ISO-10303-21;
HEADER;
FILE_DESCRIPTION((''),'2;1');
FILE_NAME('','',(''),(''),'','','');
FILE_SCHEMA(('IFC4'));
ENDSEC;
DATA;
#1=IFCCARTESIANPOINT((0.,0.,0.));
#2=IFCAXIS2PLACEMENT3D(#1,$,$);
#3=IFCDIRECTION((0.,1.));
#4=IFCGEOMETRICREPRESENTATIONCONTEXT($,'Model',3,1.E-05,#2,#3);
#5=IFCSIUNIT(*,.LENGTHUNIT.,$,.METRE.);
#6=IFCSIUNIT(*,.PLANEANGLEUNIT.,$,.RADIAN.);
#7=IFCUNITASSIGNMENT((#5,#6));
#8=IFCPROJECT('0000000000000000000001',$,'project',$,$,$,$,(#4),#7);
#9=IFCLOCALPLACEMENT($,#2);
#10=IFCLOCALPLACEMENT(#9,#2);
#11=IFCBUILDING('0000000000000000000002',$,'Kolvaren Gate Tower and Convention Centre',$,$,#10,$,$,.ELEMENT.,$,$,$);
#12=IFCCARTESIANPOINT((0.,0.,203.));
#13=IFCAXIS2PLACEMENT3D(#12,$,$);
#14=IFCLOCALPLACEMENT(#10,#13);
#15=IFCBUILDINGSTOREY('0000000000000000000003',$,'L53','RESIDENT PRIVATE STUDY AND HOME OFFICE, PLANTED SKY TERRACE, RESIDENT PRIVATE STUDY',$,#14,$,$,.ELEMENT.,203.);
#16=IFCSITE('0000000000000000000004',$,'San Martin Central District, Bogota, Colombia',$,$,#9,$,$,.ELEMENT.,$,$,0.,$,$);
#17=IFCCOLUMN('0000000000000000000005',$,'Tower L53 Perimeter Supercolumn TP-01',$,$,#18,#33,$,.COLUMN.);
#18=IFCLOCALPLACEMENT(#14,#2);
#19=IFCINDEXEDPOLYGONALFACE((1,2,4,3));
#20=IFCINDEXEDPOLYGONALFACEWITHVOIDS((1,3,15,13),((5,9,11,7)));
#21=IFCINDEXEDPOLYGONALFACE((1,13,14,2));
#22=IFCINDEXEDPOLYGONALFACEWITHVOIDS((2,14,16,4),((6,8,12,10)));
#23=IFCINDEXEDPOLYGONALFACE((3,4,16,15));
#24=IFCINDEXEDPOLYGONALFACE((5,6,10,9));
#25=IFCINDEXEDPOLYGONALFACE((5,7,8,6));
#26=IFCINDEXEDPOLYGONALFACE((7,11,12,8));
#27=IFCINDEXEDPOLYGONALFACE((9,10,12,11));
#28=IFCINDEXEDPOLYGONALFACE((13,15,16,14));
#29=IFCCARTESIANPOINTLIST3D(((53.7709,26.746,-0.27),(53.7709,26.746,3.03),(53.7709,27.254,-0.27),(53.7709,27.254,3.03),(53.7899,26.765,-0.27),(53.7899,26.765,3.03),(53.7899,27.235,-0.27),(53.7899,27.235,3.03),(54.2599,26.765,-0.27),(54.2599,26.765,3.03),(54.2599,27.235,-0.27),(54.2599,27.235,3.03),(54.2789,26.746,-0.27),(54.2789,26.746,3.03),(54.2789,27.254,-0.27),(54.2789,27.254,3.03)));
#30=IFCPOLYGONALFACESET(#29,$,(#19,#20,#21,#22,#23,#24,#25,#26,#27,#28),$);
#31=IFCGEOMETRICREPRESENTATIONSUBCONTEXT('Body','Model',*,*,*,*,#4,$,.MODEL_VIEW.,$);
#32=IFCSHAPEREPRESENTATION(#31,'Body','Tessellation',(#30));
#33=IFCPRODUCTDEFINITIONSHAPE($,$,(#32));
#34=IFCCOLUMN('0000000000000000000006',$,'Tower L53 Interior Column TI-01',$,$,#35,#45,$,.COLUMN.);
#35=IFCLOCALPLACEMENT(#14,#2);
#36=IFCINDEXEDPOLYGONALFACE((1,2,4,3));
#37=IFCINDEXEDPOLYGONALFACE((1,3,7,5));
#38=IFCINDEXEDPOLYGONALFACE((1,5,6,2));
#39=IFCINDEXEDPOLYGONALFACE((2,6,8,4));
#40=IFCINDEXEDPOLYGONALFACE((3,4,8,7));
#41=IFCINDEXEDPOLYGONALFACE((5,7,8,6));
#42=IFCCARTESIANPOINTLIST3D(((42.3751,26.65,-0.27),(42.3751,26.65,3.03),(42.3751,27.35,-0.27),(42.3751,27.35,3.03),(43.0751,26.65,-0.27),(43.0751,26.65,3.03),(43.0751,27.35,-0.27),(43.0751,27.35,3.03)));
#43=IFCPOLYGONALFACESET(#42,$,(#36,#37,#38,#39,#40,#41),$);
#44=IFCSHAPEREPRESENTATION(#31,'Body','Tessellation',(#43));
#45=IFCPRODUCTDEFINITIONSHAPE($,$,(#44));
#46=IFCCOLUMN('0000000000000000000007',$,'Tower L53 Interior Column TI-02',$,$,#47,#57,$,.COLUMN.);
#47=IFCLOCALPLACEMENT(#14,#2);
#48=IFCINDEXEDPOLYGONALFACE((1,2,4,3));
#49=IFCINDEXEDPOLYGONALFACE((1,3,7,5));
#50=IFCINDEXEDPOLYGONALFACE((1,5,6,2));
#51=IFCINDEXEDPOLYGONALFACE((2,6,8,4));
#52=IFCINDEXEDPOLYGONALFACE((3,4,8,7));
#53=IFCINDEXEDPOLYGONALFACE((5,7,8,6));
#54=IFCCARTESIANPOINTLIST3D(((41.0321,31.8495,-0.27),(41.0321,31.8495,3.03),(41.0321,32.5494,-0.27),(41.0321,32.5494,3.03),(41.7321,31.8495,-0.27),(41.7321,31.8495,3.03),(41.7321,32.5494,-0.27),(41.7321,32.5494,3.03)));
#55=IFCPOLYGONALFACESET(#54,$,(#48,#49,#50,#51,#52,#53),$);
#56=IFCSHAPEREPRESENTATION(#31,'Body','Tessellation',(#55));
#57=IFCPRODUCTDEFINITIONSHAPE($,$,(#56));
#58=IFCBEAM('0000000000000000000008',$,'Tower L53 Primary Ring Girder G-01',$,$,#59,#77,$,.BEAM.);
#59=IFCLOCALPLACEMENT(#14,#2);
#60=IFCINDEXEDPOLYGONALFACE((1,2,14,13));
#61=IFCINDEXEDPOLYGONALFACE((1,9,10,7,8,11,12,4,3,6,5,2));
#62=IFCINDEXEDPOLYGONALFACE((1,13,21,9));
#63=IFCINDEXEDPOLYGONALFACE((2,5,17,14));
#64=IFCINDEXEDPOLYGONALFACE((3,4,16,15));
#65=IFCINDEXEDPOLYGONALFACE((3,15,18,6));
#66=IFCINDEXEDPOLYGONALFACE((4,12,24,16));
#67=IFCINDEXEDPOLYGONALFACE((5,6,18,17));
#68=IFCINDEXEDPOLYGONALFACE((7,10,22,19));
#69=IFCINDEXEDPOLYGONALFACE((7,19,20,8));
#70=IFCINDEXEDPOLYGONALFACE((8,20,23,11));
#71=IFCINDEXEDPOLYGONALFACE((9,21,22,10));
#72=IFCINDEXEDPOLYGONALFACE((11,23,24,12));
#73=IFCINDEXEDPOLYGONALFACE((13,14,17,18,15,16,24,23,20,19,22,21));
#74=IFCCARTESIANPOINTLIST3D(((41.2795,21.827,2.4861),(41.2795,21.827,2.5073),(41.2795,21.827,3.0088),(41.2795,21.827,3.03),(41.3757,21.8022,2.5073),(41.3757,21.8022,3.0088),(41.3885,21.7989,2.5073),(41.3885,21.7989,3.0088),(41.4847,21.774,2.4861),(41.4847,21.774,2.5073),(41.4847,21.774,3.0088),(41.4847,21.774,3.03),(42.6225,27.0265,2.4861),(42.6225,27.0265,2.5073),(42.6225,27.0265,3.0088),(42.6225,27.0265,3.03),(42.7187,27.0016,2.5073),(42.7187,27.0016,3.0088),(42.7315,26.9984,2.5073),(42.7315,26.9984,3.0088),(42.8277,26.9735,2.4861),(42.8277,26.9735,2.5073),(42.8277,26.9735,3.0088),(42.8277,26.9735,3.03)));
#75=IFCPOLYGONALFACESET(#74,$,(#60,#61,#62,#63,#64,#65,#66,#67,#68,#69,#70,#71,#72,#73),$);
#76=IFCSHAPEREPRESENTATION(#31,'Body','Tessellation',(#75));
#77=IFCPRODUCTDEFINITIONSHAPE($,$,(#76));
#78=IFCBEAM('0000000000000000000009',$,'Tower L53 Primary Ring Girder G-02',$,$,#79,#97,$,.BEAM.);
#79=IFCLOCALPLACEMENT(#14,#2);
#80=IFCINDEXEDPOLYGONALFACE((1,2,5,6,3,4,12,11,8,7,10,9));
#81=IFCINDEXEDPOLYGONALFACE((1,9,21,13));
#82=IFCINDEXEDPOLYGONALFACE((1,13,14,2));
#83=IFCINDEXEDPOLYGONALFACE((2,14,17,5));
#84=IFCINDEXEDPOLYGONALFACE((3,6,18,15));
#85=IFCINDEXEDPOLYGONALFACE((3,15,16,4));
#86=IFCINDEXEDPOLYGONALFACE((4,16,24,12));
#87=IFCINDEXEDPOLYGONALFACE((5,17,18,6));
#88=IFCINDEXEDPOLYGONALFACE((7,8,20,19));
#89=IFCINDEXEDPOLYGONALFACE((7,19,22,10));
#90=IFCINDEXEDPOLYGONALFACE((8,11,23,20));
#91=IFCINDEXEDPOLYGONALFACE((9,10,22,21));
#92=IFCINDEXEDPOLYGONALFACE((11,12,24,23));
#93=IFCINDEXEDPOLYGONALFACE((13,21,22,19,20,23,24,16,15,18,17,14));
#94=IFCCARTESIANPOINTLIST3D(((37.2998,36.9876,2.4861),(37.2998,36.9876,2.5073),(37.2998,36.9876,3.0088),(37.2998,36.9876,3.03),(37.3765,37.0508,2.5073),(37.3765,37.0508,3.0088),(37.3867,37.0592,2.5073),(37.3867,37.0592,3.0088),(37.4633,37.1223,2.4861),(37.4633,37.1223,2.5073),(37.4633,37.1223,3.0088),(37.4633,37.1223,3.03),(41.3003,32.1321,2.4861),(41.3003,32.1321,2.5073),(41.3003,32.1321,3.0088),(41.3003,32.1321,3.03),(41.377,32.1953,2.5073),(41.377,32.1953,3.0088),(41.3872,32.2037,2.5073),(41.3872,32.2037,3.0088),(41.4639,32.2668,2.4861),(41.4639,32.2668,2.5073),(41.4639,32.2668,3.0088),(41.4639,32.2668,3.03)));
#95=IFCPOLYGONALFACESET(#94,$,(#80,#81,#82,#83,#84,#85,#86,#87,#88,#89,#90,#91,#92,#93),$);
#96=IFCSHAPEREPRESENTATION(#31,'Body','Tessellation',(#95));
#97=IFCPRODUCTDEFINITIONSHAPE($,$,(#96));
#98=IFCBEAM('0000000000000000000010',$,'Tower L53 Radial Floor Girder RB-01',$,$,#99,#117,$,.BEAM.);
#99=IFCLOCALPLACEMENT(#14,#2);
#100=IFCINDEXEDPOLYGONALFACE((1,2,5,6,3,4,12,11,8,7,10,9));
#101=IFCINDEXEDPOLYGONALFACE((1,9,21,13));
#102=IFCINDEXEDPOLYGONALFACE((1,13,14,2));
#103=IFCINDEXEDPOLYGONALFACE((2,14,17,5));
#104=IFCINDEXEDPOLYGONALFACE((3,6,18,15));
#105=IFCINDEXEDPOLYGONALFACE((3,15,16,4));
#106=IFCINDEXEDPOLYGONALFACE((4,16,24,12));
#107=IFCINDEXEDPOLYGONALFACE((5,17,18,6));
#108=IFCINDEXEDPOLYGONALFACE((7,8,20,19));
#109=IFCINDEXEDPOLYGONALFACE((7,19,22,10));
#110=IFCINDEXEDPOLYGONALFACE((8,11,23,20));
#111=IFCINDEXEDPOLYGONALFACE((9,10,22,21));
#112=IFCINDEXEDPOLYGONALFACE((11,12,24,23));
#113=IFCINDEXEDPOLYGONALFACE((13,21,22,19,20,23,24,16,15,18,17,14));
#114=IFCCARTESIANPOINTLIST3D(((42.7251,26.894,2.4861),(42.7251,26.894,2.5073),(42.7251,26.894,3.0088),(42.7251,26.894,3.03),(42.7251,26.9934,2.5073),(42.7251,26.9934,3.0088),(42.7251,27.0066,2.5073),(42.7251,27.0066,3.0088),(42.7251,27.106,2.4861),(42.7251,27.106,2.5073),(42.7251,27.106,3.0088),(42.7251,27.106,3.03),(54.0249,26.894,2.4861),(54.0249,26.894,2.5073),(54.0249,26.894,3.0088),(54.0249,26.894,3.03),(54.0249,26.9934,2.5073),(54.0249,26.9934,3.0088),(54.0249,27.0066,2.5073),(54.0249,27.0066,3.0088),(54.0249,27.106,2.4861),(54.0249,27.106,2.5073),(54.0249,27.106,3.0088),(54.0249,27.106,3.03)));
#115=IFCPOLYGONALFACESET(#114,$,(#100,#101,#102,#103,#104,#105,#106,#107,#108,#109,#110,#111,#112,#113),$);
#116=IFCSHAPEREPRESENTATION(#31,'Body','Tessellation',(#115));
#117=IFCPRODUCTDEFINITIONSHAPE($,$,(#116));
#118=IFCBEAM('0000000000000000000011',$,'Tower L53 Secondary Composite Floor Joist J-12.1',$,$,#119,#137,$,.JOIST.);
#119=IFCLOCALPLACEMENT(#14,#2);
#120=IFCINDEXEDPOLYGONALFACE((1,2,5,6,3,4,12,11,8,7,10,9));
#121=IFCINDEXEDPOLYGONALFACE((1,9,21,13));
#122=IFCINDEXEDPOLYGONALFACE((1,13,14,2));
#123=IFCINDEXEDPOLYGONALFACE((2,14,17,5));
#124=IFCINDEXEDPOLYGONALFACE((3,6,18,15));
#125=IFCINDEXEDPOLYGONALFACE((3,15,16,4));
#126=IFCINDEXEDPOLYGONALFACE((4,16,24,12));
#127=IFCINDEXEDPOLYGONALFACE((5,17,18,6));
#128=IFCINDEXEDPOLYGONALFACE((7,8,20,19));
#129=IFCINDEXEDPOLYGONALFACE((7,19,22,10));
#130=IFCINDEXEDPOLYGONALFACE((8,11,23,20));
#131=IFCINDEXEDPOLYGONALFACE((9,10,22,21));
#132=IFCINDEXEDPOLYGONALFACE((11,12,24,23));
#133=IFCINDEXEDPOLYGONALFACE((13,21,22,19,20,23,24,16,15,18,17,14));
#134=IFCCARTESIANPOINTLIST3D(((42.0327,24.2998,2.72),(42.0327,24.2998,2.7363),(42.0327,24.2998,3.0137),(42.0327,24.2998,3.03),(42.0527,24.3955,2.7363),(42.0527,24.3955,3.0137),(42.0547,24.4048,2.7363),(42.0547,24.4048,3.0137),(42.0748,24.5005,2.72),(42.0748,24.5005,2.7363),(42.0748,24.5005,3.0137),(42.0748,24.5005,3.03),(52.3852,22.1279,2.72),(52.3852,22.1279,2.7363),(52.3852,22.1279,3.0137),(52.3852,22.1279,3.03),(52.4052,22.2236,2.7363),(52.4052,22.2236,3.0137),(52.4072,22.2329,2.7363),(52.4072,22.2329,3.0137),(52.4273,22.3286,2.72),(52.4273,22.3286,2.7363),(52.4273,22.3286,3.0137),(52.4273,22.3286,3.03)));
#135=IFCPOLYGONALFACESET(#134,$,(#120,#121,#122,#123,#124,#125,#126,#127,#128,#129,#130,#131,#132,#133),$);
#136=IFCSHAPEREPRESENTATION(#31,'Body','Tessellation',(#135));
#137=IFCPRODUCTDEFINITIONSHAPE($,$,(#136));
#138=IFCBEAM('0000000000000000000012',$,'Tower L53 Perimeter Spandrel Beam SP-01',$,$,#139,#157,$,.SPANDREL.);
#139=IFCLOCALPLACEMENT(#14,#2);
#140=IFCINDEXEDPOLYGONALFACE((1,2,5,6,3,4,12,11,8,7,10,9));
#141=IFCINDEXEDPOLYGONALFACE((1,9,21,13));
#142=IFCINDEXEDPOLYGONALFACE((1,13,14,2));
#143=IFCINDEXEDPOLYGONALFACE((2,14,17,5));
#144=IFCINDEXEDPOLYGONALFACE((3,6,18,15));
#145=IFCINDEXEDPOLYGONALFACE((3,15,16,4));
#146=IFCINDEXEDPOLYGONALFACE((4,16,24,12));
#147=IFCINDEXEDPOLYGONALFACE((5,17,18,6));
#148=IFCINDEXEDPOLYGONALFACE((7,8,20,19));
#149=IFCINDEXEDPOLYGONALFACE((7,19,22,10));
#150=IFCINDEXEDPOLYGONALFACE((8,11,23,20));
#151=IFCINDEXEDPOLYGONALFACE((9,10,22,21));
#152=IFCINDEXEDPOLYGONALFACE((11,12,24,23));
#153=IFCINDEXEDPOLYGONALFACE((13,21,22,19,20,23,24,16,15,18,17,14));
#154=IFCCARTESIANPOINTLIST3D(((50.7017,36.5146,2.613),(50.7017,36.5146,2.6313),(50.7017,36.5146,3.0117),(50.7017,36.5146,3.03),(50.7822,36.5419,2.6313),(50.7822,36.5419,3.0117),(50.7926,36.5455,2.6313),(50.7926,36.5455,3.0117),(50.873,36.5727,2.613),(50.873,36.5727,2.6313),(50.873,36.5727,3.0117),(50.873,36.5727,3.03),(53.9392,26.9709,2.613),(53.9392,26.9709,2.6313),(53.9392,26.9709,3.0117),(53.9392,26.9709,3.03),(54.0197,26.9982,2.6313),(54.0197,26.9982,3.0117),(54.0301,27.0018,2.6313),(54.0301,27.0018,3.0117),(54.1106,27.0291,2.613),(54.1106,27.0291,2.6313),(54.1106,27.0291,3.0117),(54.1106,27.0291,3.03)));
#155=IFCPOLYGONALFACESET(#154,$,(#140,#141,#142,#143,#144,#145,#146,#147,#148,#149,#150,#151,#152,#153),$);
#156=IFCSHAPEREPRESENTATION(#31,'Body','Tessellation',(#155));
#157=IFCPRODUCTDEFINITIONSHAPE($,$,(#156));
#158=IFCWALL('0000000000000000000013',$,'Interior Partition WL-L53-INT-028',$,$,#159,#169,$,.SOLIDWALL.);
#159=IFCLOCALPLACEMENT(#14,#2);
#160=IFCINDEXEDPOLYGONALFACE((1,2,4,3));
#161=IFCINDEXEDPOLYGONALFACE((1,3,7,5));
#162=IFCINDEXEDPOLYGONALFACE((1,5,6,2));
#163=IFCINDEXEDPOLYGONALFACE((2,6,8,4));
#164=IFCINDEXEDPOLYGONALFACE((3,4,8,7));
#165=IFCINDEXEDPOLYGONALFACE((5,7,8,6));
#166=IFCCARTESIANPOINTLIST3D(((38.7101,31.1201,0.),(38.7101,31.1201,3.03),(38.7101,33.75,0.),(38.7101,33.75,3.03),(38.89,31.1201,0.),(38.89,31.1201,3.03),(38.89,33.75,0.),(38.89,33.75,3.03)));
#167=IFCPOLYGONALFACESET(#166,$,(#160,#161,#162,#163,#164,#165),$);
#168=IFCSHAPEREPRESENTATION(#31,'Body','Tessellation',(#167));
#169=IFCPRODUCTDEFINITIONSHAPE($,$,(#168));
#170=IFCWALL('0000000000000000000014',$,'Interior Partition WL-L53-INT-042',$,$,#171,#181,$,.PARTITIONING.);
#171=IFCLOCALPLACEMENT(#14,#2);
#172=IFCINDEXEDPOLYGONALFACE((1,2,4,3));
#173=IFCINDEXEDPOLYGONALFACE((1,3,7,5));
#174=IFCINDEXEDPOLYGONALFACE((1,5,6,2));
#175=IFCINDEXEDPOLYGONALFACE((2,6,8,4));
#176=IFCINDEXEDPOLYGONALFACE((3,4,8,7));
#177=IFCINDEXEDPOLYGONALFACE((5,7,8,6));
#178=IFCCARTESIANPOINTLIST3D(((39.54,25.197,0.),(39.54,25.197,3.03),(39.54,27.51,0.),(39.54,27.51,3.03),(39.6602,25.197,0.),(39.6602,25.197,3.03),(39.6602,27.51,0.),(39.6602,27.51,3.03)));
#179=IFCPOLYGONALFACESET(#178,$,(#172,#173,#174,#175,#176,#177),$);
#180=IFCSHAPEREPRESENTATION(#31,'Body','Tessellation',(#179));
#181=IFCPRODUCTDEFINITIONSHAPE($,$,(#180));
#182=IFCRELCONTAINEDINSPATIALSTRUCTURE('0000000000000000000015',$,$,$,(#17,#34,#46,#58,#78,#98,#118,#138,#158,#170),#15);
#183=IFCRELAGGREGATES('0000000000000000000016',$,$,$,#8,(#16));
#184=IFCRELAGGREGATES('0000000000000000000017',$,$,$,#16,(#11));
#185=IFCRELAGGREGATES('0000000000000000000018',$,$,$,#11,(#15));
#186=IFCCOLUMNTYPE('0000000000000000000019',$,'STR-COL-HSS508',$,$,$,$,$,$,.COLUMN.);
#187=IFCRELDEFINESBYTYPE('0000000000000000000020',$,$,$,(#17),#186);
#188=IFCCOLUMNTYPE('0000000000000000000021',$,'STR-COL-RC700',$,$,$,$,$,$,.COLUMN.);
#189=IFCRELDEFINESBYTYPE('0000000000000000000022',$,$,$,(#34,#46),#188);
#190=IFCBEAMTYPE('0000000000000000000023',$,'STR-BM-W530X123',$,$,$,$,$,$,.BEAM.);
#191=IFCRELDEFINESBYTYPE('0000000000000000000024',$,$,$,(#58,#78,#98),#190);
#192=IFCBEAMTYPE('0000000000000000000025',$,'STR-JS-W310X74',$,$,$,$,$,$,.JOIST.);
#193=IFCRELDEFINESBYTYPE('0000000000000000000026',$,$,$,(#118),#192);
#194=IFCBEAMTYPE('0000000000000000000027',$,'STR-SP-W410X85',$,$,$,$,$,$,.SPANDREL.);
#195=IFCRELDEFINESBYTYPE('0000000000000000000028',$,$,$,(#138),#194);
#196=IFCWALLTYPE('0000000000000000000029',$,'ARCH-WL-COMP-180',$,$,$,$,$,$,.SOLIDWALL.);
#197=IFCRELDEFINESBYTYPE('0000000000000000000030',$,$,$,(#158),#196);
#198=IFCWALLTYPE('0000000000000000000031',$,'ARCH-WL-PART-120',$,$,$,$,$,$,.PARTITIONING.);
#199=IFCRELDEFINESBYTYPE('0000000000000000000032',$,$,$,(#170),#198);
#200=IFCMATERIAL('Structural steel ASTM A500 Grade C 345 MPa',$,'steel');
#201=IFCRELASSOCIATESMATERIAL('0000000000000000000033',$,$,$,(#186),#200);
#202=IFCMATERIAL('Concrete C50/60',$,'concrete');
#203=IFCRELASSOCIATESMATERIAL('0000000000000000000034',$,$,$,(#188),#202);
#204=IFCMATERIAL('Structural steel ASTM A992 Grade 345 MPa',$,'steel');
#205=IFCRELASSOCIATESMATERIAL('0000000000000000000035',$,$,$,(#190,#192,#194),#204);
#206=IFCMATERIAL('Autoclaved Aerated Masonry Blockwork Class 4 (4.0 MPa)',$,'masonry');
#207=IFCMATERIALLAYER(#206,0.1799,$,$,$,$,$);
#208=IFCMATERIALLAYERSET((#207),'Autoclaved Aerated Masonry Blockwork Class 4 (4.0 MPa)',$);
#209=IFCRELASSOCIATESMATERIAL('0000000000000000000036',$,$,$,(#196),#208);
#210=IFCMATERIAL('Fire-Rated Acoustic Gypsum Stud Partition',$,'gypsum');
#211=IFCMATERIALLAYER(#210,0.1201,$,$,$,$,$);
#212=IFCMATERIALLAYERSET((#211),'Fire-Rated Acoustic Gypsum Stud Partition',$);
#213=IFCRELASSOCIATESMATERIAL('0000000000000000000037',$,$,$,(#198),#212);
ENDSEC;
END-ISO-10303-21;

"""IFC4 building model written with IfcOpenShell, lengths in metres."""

from ifc_helpers import new_model, si_unit, direction, frame, frame_2d, origin, origin_2d, place, context, subcontext, project, spatial, rectangle, hollow_rectangle, i_section, extrude, material, layer, layer_set, material_profile, profile_set, type_object, element, save


model = new_model("IFC4")

# Units and contexts
model_context = context("Model", 3, precision=1e-05, world=origin(), true_north=direction((0.0, 1.0)))
body_context = subcontext(model_context, "Body", "Model", "MODEL_VIEW")
ifc_project = project(units=[si_unit("LENGTHUNIT", "METRE"), si_unit("PLANEANGLEUNIT", "RADIAN")], contexts=[model_context])

# Site, building, storey
site_placement = place(None, origin())
site = spatial("IfcSite", under=ifc_project, at=site_placement, Name="San Martin Central District, Bogota, Colombia", CompositionType="ELEMENT", RefElevation=0.0)
building_placement = place(site_placement, origin())
building = spatial("IfcBuilding", under=site, at=building_placement, Name="Kolvaren Gate Tower and Convention Centre", CompositionType="ELEMENT")
storey_placement = place(building_placement, frame((0.0, 0.0, 203.0)))
storey = spatial("IfcBuildingStorey", under=building, at=storey_placement, Name="L53", Description="RESIDENT PRIVATE STUDY AND HOME OFFICE, PLANTED SKY TERRACE, RESIDENT PRIVATE STUDY", CompositionType="ELEMENT", Elevation=203.0)

# Columns
ifc_material_1 = material(Name="Structural steel ASTM A500 Grade C 345 MPa", Category="steel")
ifc_material_profile_1 = material_profile(ifc_material_1, hollow_rectangle(XDim=0.5081, YDim=0.5081, WallThickness=0.019, at=origin_2d()), Name="HSS508X508X19.1")
ifc_profile_set_1 = profile_set([ifc_material_profile_1], Name="Structural steel ASTM A500 Grade C 345 MPa")
column_type_1 = type_object("IfcColumnType", Name="STR-COL-HSS508", PredefinedType="COLUMN", material=ifc_profile_set_1)
column_placement = place(storey_placement, frame((54.0249, 27.0, -0.27), z_axis=(0.0, 0.0, 1.0), x_axis=(1.0, 0.0, 0.0)))
element("IfcColumn", 1, at=column_placement, inside=storey, type_object=column_type_1, Name="Tower L53 Perimeter Supercolumn TP-01", PredefinedType="COLUMN", context=body_context, shape_type="SweptSolid", body=[
    extrude(hollow_rectangle(XDim=0.5081, YDim=0.5081, WallThickness=0.019, at=origin_2d()), origin(), (0.0, 0.0, 1.0), 3.3),
])
ifc_material_2 = material(Name="Concrete C50/60", Category="concrete")
ifc_material_profile_2 = material_profile(ifc_material_2, rectangle(XDim=0.7, YDim=0.7, at=origin_2d()), Name="RC-COL-700X700")
ifc_profile_set_2 = profile_set([ifc_material_profile_2], Name="Concrete C50/60")
column_type_2 = type_object("IfcColumnType", Name="STR-COL-RC700", PredefinedType="COLUMN", material=ifc_profile_set_2)
for number, where, z_axis, x_axis, name in (
    (2, (42.7251, 27.0, -0.27), (0.0, 0.0, 1.0), (1.0, 0.0, 0.0), "Tower L53 Interior Column TI-01"),
    (3, (41.3821, 32.1995, -0.27), (0.0, 0.0, 1.0), (1.0, 0.0, 0.0), "Tower L53 Interior Column TI-02"),
):
    element("IfcColumn", number, at=place(storey_placement, frame(where, z_axis=z_axis, x_axis=x_axis)), inside=storey, type_object=column_type_2, Name=name, PredefinedType="COLUMN", context=body_context, shape_type="SweptSolid", body=[
        extrude(rectangle(XDim=0.7, YDim=0.7, at=origin_2d()), origin(), (0.0, 0.0, 1.0), 3.3),
    ])

# Beams
ifc_material_3 = material(Name="Structural steel ASTM A992 Grade 345 MPa", Category="steel")
ifc_material_profile_3 = material_profile(ifc_material_3, i_section(OverallWidth=0.2119, OverallDepth=0.5439, WebThickness=0.0132, FlangeThickness=0.0212, at=origin_2d()), Name="W530X123")
ifc_profile_set_3 = profile_set([ifc_material_profile_3], Name="Structural steel ASTM A992 Grade 345 MPa")
beam_type_1 = type_object("IfcBeamType", Name="STR-BM-W530X123", PredefinedType="BEAM", material=ifc_profile_set_3)
beam_1_placement = place(storey_placement, frame((42.7251, 27.0, 2.7581), z_axis=(-0.250091, -0.968222, 0.0), x_axis=(0.968222, -0.250091, 0.0)))
element("IfcBeam", 4, at=beam_1_placement, inside=storey, type_object=beam_type_1, Name="Tower L53 Primary Ring Girder G-01", PredefinedType="BEAM", context=body_context, shape_type="SweptSolid", body=[
    extrude(i_section(OverallWidth=0.2119, OverallDepth=0.5439, WebThickness=0.0132, FlangeThickness=0.0212, at=origin_2d()), origin(), (0.0, 0.0, 1.0), 5.3701),
])
beam_2_placement = place(storey_placement, frame((41.3821, 32.1995, 2.7581), z_axis=(-0.635884, 0.771785, 0.0), x_axis=(-0.771785, -0.635884, 0.0)))
element("IfcBeam", 5, at=beam_2_placement, inside=storey, type_object=beam_type_1, Name="Tower L53 Primary Ring Girder G-02", PredefinedType="BEAM", context=body_context, shape_type="SweptSolid", body=[
    extrude(i_section(OverallWidth=0.2119, OverallDepth=0.5439, WebThickness=0.0132, FlangeThickness=0.0212, at=origin_2d()), origin(), (0.0, 0.0, 1.0), 6.2913),
])
beam_3_placement = place(storey_placement, frame((42.7251, 27.0, 2.7581), z_axis=(1.0, 0.0, 0.0), x_axis=(0.0, 1.0, 0.0)))
element("IfcBeam", 6, at=beam_3_placement, inside=storey, type_object=beam_type_1, Name="Tower L53 Radial Floor Girder RB-01", PredefinedType="BEAM", context=body_context, shape_type="SweptSolid", body=[
    extrude(i_section(OverallWidth=0.2119, OverallDepth=0.5439, WebThickness=0.0132, FlangeThickness=0.0212, at=origin_2d()), origin(), (0.0, 0.0, 1.0), 11.2998),
])
ifc_material_profile_4 = material_profile(ifc_material_3, i_section(OverallWidth=0.2051, OverallDepth=0.3101, WebThickness=0.0095, FlangeThickness=0.0164, at=origin_2d()), Name="W310X74")
ifc_profile_set_4 = profile_set([ifc_material_profile_4], Name="Structural steel ASTM A992 Grade 345 MPa")
beam_type_2 = type_object("IfcBeamType", Name="STR-JS-W310X74", PredefinedType="JOIST", material=ifc_profile_set_4)
beam_4_placement = place(storey_placement, frame((42.0537, 24.4001, 2.875), z_axis=(0.978695, -0.205322, 0.0), x_axis=(0.205322, 0.978695, 0.0)))
element("IfcBeam", 7, at=beam_4_placement, inside=storey, type_object=beam_type_2, Name="Tower L53 Secondary Composite Floor Joist J-12.1", PredefinedType="JOIST", context=body_context, shape_type="SweptSolid", body=[
    extrude(i_section(OverallWidth=0.2051, OverallDepth=0.3101, WebThickness=0.0095, FlangeThickness=0.0164, at=origin_2d()), origin(), (0.0, 0.0, 1.0), 10.5779),
])
ifc_material_profile_5 = material_profile(ifc_material_3, i_section(OverallWidth=0.1809, OverallDepth=0.417, WebThickness=0.011, FlangeThickness=0.0183, at=origin_2d()), Name="W410X85")
ifc_profile_set_5 = profile_set([ifc_material_profile_5], Name="Structural steel ASTM A992 Grade 345 MPa")
beam_type_3 = type_object("IfcBeamType", Name="STR-SP-W410X85", PredefinedType="SPANDREL", material=ifc_profile_set_5)
beam_5_placement = place(storey_placement, frame((54.0249, 27.0, 2.8215), z_axis=(-0.321253, 0.946994, 0.0), x_axis=(-0.946994, -0.321253, 0.0)))
element("IfcBeam", 8, at=beam_5_placement, inside=storey, type_object=beam_type_3, Name="Tower L53 Perimeter Spandrel Beam SP-01", PredefinedType="SPANDREL", context=body_context, shape_type="SweptSolid", body=[
    extrude(i_section(OverallWidth=0.1809, OverallDepth=0.417, WebThickness=0.011, FlangeThickness=0.0183, at=origin_2d()), origin(), (0.0, 0.0, 1.0), 10.0779),
])

# Walls
ifc_material_4 = material(Name="Autoclaved Aerated Masonry Blockwork Class 4 (4.0 MPa)", Category="masonry")
ifc_layer_1 = layer(ifc_material_4, 0.1799)
ifc_layer_set_1 = layer_set([ifc_layer_1], Name="Autoclaved Aerated Masonry Blockwork Class 4 (4.0 MPa)")
wall_type_1 = type_object("IfcWallType", Name="ARCH-WL-COMP-180", PredefinedType="SOLIDWALL", material=ifc_layer_set_1)
wall_1_placement = place(storey_placement, frame((38.8, 31.1201, 0.0), z_axis=(0.0, 0.0, 1.0), x_axis=(0.0, 1.0, 0.0)))
element("IfcWall", 9, at=wall_1_placement, inside=storey, type_object=wall_type_1, Name="Interior Partition WL-L53-INT-028", PredefinedType="SOLIDWALL", context=body_context, shape_type="SweptSolid", body=[
    extrude(rectangle(XDim=2.6299, YDim=0.1799, at=frame_2d((1.3149, 0.0))), origin(), (0.0, 0.0, 1.0), 3.03),
])
ifc_material_5 = material(Name="Fire-Rated Acoustic Gypsum Stud Partition", Category="gypsum")
ifc_layer_2 = layer(ifc_material_5, 0.1201)
ifc_layer_set_2 = layer_set([ifc_layer_2], Name="Fire-Rated Acoustic Gypsum Stud Partition")
wall_type_2 = type_object("IfcWallType", Name="ARCH-WL-PART-120", PredefinedType="PARTITIONING", material=ifc_layer_set_2)
wall_2_placement = place(storey_placement, frame((39.6001, 25.197, 0.0), z_axis=(0.0, 0.0, 1.0), x_axis=(0.0, 1.0, 0.0)))
element("IfcWall", 10, at=wall_2_placement, inside=storey, type_object=wall_type_2, Name="Interior Partition WL-L53-INT-042", PredefinedType="PARTITIONING", context=body_context, shape_type="SweptSolid", body=[
    extrude(rectangle(XDim=2.313, YDim=0.1201, at=frame_2d((1.1565, 0.0))), origin(), (0.0, 0.0, 1.0), 3.03),
])

save(model, "model.ifc")
